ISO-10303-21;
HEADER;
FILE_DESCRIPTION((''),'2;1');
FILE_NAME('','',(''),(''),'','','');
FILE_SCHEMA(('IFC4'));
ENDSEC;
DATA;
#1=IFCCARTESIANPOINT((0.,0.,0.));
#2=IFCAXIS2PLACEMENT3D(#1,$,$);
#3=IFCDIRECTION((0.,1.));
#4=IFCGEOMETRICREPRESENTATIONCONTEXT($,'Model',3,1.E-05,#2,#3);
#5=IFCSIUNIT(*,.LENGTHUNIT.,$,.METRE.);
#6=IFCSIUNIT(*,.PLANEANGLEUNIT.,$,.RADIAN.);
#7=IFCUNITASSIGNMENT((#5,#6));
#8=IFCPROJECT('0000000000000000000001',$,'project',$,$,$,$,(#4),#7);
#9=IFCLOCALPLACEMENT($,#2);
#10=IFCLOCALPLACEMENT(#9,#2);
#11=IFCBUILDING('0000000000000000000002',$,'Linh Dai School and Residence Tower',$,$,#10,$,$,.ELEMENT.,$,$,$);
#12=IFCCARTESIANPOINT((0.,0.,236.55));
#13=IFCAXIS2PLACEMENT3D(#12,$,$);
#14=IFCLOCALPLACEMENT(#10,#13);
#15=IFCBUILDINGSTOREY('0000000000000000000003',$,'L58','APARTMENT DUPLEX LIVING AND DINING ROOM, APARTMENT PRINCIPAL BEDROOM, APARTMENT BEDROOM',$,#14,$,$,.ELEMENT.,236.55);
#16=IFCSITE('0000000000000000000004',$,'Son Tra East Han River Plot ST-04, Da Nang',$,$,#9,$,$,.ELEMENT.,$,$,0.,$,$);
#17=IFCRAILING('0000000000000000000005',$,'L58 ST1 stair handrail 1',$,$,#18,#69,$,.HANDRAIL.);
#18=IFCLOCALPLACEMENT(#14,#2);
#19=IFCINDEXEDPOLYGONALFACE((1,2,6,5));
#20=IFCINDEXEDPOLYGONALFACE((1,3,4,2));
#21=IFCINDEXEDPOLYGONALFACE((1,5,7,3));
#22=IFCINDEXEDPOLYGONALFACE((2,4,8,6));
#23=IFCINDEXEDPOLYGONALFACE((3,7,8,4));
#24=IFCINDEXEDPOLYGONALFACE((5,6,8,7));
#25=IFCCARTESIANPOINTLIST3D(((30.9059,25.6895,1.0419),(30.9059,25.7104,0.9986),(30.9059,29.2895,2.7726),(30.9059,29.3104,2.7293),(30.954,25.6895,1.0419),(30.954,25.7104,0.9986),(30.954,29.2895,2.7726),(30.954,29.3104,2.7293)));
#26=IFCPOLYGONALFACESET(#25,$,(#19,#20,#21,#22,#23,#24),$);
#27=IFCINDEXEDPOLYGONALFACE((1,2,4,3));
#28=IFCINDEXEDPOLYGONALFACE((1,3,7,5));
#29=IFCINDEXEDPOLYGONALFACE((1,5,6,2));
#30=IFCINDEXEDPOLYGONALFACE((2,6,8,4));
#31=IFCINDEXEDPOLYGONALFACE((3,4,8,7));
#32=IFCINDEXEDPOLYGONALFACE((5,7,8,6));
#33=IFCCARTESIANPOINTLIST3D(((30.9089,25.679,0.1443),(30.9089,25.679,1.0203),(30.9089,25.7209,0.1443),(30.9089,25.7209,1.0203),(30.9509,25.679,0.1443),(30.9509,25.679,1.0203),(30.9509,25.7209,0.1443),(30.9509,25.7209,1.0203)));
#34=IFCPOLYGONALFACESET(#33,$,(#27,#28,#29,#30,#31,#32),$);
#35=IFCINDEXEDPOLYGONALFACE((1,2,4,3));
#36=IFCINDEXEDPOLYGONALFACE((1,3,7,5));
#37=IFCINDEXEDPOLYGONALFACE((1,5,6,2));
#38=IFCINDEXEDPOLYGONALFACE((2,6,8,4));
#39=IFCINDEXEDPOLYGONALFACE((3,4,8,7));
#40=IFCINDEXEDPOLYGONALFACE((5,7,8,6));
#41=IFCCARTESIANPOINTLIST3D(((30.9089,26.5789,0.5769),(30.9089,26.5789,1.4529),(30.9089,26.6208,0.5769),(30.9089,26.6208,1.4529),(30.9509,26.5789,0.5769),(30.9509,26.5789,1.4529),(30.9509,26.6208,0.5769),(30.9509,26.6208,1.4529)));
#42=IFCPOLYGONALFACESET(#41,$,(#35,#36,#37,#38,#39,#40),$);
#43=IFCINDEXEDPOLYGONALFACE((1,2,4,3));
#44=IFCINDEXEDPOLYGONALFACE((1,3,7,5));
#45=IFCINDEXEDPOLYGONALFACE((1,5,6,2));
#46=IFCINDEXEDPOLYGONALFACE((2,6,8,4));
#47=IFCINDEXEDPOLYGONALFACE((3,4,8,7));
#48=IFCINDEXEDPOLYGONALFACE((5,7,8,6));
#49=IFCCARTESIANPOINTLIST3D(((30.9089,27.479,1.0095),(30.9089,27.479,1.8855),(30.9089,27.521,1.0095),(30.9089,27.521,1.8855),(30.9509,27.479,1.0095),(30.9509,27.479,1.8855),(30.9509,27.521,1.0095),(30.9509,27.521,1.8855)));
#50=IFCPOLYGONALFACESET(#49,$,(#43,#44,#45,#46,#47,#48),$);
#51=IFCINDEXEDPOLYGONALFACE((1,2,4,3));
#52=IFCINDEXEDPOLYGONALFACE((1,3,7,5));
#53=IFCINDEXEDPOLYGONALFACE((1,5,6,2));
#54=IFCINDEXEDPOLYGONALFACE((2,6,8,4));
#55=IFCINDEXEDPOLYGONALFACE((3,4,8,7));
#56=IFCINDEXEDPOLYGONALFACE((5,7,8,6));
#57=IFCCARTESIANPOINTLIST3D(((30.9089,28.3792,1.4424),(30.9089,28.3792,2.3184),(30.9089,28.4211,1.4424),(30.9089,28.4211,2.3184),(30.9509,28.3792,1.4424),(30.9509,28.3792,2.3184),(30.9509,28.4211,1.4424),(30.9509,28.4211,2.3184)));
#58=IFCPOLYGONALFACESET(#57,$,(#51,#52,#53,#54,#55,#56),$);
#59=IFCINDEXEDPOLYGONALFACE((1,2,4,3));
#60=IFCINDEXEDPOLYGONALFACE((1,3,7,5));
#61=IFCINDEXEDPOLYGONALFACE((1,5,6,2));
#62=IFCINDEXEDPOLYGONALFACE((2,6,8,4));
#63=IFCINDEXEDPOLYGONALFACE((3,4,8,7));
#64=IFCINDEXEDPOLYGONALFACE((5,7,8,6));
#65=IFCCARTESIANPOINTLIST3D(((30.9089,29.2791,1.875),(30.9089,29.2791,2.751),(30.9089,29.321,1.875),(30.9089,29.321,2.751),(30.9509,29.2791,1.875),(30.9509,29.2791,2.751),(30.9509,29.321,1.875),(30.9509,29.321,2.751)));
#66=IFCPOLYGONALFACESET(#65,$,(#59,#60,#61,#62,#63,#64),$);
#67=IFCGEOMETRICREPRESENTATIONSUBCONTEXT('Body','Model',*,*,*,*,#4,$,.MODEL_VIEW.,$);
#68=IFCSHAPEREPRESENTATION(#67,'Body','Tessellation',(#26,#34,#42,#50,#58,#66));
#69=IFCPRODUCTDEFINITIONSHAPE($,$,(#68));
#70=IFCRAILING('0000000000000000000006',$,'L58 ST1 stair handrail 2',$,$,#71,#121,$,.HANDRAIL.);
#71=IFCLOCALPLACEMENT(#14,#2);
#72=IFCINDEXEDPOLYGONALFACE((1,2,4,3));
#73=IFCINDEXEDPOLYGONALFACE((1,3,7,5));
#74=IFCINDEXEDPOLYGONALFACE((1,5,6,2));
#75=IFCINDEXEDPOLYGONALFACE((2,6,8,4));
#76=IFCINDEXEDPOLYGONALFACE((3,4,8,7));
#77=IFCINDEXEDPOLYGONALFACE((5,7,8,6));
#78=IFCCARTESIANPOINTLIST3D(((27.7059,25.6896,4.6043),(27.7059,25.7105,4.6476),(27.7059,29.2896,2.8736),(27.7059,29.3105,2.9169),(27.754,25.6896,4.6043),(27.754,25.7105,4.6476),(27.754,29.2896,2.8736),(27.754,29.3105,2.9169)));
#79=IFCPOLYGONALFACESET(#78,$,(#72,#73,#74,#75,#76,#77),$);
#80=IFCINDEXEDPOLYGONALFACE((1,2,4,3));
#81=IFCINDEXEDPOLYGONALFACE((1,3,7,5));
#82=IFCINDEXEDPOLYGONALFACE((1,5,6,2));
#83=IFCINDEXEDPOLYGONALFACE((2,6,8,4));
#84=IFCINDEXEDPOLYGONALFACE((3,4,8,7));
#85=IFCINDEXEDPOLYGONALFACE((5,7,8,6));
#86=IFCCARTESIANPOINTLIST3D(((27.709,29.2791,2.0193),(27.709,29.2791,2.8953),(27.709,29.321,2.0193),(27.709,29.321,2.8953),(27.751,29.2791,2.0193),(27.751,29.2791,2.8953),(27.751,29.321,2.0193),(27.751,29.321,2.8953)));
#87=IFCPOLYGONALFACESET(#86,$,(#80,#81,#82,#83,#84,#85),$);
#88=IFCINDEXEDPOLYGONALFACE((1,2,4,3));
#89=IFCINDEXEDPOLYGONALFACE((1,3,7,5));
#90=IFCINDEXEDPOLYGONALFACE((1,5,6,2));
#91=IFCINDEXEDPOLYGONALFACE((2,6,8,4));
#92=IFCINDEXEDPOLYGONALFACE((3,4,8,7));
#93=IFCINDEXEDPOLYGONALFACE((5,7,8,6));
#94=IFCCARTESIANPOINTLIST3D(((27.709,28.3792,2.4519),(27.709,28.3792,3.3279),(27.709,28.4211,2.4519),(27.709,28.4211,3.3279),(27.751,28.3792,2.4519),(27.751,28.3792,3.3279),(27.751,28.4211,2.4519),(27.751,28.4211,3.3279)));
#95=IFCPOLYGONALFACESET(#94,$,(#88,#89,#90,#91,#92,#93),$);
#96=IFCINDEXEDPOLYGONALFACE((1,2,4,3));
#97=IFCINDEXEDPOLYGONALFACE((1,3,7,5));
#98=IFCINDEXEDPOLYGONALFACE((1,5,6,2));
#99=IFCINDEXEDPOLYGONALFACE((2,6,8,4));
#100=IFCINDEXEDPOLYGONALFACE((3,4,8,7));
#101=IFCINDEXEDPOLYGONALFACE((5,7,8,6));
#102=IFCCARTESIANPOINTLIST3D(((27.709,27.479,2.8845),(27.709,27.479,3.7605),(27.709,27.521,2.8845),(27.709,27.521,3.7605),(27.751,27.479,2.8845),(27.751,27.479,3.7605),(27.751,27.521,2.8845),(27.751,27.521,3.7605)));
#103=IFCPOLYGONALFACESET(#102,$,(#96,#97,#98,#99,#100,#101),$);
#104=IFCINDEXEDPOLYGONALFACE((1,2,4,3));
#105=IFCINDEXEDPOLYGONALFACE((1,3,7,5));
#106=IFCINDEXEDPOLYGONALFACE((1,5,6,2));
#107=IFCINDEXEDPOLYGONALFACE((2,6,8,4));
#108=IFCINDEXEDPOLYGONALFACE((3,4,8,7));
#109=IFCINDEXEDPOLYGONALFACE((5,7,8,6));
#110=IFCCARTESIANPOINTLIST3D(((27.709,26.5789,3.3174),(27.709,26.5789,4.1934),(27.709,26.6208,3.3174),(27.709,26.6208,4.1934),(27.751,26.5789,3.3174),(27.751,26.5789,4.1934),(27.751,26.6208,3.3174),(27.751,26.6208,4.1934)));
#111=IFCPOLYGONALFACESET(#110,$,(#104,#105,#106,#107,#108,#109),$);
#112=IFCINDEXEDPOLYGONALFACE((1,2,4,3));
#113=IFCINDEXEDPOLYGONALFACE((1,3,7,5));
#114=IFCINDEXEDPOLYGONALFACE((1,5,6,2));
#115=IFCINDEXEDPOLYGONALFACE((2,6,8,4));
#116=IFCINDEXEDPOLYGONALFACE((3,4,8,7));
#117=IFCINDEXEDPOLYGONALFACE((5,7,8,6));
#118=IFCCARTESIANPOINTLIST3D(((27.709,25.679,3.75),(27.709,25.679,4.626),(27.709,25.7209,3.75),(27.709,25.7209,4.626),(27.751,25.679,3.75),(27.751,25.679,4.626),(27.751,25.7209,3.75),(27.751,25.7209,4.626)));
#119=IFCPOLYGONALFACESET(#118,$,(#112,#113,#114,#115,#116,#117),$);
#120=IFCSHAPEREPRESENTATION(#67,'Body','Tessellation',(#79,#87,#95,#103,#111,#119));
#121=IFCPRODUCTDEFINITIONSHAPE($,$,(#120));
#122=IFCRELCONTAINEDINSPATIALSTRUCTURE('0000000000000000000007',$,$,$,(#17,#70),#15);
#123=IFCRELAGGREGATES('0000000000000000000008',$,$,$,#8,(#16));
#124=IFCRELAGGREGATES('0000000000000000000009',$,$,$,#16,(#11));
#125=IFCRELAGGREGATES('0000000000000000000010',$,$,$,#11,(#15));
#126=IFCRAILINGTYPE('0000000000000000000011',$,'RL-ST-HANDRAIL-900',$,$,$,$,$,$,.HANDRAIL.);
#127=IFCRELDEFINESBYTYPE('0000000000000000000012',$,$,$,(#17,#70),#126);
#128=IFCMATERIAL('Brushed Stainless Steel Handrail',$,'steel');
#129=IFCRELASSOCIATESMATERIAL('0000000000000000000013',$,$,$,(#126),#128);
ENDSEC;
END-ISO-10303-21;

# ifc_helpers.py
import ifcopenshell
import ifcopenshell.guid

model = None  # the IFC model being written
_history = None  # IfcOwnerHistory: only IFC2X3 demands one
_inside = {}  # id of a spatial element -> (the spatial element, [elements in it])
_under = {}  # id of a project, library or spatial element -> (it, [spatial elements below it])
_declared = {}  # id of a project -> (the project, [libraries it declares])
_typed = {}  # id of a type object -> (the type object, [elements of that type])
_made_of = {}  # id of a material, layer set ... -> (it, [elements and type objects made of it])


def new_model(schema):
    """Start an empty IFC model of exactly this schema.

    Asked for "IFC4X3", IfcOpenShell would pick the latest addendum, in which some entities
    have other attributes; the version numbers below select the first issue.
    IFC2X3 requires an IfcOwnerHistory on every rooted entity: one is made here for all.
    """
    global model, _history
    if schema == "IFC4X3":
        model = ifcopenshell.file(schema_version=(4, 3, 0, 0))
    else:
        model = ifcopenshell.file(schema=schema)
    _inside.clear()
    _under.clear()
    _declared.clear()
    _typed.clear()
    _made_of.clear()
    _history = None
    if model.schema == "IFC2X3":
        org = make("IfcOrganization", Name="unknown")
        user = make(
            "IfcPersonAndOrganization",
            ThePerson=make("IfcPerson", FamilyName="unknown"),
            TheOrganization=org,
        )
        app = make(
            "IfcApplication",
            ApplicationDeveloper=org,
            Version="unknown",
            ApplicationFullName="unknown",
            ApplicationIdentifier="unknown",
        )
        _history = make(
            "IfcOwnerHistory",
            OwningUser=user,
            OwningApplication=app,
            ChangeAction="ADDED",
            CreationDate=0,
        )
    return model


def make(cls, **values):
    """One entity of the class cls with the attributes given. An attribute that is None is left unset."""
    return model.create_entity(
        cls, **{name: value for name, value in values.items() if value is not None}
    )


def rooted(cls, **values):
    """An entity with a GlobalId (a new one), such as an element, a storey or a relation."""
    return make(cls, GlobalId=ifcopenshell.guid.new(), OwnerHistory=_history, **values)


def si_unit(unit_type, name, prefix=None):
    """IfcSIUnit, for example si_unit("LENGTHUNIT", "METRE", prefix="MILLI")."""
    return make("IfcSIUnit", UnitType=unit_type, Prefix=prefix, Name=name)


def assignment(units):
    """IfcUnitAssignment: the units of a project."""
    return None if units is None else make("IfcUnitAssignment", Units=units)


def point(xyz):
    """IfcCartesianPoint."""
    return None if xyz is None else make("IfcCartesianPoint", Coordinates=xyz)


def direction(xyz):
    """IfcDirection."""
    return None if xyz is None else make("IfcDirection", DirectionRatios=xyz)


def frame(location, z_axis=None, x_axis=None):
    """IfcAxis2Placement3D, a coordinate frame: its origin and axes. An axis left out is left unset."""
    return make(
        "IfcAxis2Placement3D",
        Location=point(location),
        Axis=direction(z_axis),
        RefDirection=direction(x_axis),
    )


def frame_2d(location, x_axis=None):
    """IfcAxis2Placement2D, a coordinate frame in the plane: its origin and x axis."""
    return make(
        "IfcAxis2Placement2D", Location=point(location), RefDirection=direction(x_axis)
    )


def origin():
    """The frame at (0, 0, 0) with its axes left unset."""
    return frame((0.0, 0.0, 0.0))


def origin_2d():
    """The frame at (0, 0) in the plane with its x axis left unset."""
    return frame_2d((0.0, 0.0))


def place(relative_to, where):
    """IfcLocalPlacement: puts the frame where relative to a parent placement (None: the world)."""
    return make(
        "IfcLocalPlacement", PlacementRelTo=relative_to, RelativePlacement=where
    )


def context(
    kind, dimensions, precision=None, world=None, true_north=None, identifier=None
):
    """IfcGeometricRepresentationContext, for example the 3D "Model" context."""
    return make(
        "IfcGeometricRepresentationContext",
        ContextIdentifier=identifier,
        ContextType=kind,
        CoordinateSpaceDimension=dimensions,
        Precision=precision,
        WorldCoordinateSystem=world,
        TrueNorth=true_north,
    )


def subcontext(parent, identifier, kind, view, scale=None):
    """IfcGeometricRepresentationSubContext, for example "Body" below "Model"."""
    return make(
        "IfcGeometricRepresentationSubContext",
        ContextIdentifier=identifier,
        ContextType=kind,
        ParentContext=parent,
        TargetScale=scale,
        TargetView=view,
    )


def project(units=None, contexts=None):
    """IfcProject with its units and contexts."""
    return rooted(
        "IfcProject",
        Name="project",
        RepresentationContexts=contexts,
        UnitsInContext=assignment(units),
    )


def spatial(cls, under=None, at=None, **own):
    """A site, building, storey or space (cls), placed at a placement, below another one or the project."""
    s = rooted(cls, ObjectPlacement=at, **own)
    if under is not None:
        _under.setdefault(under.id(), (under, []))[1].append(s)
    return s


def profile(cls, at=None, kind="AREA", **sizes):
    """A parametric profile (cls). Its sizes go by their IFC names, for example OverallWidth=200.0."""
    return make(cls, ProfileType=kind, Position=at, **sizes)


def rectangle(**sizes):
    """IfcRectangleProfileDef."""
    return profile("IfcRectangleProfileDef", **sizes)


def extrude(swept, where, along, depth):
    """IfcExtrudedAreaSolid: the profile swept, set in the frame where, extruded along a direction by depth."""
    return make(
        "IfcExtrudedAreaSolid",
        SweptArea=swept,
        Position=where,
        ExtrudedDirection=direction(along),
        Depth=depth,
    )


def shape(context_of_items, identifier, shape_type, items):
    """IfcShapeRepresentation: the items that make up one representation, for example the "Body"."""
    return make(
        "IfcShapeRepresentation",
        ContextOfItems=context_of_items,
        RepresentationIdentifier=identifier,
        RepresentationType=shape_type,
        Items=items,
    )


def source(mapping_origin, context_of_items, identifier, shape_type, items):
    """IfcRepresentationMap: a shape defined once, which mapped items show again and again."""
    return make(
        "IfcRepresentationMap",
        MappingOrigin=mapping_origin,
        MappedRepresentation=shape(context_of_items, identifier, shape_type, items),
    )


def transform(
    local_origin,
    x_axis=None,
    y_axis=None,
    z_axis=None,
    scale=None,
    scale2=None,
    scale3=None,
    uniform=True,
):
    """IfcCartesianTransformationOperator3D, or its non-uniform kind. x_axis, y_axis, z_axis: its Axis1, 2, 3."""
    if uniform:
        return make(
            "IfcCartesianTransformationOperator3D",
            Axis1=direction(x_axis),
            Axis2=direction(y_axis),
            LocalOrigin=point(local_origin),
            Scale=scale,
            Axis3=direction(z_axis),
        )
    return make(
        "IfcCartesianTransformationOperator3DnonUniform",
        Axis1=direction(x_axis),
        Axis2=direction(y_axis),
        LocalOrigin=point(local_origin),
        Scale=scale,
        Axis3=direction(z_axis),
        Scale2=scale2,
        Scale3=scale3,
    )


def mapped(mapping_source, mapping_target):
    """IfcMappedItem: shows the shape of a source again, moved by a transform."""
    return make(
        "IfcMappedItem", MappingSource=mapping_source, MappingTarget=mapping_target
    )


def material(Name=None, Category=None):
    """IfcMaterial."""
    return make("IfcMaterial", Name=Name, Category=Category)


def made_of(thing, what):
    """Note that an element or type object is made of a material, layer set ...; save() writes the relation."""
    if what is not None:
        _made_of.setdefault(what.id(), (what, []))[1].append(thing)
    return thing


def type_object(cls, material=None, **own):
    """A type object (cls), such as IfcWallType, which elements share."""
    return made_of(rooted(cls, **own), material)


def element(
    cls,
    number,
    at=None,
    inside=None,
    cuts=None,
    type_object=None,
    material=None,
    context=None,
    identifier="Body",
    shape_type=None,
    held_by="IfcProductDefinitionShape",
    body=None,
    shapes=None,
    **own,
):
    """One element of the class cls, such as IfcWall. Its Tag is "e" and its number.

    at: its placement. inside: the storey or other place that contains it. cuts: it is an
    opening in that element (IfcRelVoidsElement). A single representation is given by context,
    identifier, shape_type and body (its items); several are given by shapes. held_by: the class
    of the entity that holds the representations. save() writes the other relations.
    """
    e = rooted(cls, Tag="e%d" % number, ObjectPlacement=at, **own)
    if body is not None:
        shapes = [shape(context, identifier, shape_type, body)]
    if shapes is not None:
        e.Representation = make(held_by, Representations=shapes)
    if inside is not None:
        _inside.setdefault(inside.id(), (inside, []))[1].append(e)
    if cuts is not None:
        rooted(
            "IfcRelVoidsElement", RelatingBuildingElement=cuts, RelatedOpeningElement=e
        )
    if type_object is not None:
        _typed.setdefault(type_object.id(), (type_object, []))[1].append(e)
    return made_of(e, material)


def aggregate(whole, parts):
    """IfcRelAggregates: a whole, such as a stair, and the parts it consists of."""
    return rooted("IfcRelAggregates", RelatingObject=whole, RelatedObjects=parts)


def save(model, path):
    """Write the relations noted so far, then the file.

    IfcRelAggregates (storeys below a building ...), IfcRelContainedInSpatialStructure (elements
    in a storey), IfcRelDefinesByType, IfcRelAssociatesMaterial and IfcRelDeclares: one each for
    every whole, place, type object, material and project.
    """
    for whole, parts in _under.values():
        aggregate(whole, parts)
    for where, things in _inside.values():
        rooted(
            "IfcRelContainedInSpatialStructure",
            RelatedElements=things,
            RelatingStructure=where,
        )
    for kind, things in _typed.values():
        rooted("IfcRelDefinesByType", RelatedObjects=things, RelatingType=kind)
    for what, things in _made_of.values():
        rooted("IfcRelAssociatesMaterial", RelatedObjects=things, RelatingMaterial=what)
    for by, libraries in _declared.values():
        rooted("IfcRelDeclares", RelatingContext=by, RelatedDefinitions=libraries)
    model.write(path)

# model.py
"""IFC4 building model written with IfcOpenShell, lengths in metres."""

from ifc_helpers import new_model, si_unit, direction, frame, origin, origin_2d, place, context, subcontext, project, spatial, rectangle, extrude, source, transform, mapped, material, type_object, element, save


model = new_model("IFC4")

# Units and contexts
model_context = context("Model", 3, precision=1e-05, world=origin(), true_north=direction((0.0, 1.0)))
body_context = subcontext(model_context, "Body", "Model", "MODEL_VIEW")
ifc_project = project(units=[si_unit("LENGTHUNIT", "METRE"), si_unit("PLANEANGLEUNIT", "RADIAN")], contexts=[model_context])

# Site, building, storey
site_placement = place(None, origin())
site = spatial("IfcSite", under=ifc_project, at=site_placement, Name="Son Tra East Han River Plot ST-04, Da Nang", CompositionType="ELEMENT", RefElevation=0.0)
building_placement = place(site_placement, origin())
building = spatial("IfcBuilding", under=site, at=building_placement, Name="Linh Dai School and Residence Tower", CompositionType="ELEMENT")
storey_placement = place(building_placement, frame((0.0, 0.0, 236.55)))
storey = spatial("IfcBuildingStorey", under=building, at=storey_placement, Name="L58", Description="APARTMENT DUPLEX LIVING AND DINING ROOM, APARTMENT PRINCIPAL BEDROOM, APARTMENT BEDROOM", CompositionType="ELEMENT", Elevation=236.55)

# Railings
ifc_material_1 = material(Name="Brushed Stainless Steel Handrail", Category="steel")
railing_type_1 = type_object("IfcRailingType", Name="RL-ST-HANDRAIL-900", PredefinedType="HANDRAIL", material=ifc_material_1)
shared_shape_1 = source(origin(), body_context, "Body", "SweptSolid", [
    extrude(rectangle(XDim=0.0481, YDim=0.0481, at=origin_2d()), frame((0.0, 0.0, 0.876), z_axis=(0.0, 0.901263, 0.433273), x_axis=(-1.0, 0.0, 0.0)), (0.0, 0.0, 1.0), 3.9944),
    extrude(rectangle(XDim=0.042, YDim=0.042, at=origin_2d()), origin(), (0.0, 0.0, 1.0), 0.876),
    extrude(rectangle(XDim=0.042, YDim=0.042, at=origin_2d()), frame((0.0, 0.8999, 0.4326)), (0.0, 0.0, 1.0), 0.876),
    extrude(rectangle(XDim=0.042, YDim=0.042, at=origin_2d()), frame((0.0, 1.8, 0.8652)), (0.0, 0.0, 1.0), 0.876),
    extrude(rectangle(XDim=0.042, YDim=0.042, at=origin_2d()), frame((0.0, 2.7002, 1.2981)), (0.0, 0.0, 1.0), 0.876),
    extrude(rectangle(XDim=0.042, YDim=0.042, at=origin_2d()), frame((0.0, 3.6001, 1.7307)), (0.0, 0.0, 1.0), 0.876),
])
railing_1_placement = place(storey_placement, frame((30.9299, 25.7, 0.1443)))
element("IfcRailing", 1, at=railing_1_placement, inside=storey, type_object=railing_type_1, Name="L58 ST1 stair handrail 1", PredefinedType="HANDRAIL", context=body_context, shape_type="MappedRepresentation", body=[
    mapped(shared_shape_1, transform((0.0, 0.0, 0.0), x_axis=(1.0, 0.0, 0.0), y_axis=(0.0, 1.0, 0.0), z_axis=(0.0, 0.0, 1.0), scale=1.0)),
])
shared_shape_2 = source(origin(), body_context, "Body", "SweptSolid", [
    extrude(rectangle(XDim=0.0481, YDim=0.0481, at=origin_2d()), frame((0.0, 0.0, 0.876), z_axis=(0.0, -0.901263, 0.433273), x_axis=(1.0, 0.0, 0.0)), (0.0, 0.0, 1.0), 3.9944),
    extrude(rectangle(XDim=0.042, YDim=0.042, at=origin_2d()), origin(), (0.0, 0.0, 1.0), 0.876),
    extrude(rectangle(XDim=0.042, YDim=0.042, at=origin_2d()), frame((0.0, -0.8999, 0.4326)), (0.0, 0.0, 1.0), 0.876),
    extrude(rectangle(XDim=0.042, YDim=0.042, at=origin_2d()), frame((0.0, -1.8, 0.8652)), (0.0, 0.0, 1.0), 0.876),
    extrude(rectangle(XDim=0.042, YDim=0.042, at=origin_2d()), frame((0.0, -2.7002, 1.2981)), (0.0, 0.0, 1.0), 0.876),
    extrude(rectangle(XDim=0.042, YDim=0.042, at=origin_2d()), frame((0.0, -3.6001, 1.7307)), (0.0, 0.0, 1.0), 0.876),
])
railing_2_placement = place(storey_placement, frame((27.73, 29.3, 2.0193)))
element("IfcRailing", 2, at=railing_2_placement, inside=storey, type_object=railing_type_1, Name="L58 ST1 stair handrail 2", PredefinedType="HANDRAIL", context=body_context, shape_type="MappedRepresentation", body=[
    mapped(shared_shape_2, transform((0.0, 0.0, 0.0), x_axis=(1.0, 0.0, 0.0), y_axis=(0.0, 1.0, 0.0), z_axis=(0.0, 0.0, 1.0), scale=1.0)),
])

save(model, "model.ifc")
